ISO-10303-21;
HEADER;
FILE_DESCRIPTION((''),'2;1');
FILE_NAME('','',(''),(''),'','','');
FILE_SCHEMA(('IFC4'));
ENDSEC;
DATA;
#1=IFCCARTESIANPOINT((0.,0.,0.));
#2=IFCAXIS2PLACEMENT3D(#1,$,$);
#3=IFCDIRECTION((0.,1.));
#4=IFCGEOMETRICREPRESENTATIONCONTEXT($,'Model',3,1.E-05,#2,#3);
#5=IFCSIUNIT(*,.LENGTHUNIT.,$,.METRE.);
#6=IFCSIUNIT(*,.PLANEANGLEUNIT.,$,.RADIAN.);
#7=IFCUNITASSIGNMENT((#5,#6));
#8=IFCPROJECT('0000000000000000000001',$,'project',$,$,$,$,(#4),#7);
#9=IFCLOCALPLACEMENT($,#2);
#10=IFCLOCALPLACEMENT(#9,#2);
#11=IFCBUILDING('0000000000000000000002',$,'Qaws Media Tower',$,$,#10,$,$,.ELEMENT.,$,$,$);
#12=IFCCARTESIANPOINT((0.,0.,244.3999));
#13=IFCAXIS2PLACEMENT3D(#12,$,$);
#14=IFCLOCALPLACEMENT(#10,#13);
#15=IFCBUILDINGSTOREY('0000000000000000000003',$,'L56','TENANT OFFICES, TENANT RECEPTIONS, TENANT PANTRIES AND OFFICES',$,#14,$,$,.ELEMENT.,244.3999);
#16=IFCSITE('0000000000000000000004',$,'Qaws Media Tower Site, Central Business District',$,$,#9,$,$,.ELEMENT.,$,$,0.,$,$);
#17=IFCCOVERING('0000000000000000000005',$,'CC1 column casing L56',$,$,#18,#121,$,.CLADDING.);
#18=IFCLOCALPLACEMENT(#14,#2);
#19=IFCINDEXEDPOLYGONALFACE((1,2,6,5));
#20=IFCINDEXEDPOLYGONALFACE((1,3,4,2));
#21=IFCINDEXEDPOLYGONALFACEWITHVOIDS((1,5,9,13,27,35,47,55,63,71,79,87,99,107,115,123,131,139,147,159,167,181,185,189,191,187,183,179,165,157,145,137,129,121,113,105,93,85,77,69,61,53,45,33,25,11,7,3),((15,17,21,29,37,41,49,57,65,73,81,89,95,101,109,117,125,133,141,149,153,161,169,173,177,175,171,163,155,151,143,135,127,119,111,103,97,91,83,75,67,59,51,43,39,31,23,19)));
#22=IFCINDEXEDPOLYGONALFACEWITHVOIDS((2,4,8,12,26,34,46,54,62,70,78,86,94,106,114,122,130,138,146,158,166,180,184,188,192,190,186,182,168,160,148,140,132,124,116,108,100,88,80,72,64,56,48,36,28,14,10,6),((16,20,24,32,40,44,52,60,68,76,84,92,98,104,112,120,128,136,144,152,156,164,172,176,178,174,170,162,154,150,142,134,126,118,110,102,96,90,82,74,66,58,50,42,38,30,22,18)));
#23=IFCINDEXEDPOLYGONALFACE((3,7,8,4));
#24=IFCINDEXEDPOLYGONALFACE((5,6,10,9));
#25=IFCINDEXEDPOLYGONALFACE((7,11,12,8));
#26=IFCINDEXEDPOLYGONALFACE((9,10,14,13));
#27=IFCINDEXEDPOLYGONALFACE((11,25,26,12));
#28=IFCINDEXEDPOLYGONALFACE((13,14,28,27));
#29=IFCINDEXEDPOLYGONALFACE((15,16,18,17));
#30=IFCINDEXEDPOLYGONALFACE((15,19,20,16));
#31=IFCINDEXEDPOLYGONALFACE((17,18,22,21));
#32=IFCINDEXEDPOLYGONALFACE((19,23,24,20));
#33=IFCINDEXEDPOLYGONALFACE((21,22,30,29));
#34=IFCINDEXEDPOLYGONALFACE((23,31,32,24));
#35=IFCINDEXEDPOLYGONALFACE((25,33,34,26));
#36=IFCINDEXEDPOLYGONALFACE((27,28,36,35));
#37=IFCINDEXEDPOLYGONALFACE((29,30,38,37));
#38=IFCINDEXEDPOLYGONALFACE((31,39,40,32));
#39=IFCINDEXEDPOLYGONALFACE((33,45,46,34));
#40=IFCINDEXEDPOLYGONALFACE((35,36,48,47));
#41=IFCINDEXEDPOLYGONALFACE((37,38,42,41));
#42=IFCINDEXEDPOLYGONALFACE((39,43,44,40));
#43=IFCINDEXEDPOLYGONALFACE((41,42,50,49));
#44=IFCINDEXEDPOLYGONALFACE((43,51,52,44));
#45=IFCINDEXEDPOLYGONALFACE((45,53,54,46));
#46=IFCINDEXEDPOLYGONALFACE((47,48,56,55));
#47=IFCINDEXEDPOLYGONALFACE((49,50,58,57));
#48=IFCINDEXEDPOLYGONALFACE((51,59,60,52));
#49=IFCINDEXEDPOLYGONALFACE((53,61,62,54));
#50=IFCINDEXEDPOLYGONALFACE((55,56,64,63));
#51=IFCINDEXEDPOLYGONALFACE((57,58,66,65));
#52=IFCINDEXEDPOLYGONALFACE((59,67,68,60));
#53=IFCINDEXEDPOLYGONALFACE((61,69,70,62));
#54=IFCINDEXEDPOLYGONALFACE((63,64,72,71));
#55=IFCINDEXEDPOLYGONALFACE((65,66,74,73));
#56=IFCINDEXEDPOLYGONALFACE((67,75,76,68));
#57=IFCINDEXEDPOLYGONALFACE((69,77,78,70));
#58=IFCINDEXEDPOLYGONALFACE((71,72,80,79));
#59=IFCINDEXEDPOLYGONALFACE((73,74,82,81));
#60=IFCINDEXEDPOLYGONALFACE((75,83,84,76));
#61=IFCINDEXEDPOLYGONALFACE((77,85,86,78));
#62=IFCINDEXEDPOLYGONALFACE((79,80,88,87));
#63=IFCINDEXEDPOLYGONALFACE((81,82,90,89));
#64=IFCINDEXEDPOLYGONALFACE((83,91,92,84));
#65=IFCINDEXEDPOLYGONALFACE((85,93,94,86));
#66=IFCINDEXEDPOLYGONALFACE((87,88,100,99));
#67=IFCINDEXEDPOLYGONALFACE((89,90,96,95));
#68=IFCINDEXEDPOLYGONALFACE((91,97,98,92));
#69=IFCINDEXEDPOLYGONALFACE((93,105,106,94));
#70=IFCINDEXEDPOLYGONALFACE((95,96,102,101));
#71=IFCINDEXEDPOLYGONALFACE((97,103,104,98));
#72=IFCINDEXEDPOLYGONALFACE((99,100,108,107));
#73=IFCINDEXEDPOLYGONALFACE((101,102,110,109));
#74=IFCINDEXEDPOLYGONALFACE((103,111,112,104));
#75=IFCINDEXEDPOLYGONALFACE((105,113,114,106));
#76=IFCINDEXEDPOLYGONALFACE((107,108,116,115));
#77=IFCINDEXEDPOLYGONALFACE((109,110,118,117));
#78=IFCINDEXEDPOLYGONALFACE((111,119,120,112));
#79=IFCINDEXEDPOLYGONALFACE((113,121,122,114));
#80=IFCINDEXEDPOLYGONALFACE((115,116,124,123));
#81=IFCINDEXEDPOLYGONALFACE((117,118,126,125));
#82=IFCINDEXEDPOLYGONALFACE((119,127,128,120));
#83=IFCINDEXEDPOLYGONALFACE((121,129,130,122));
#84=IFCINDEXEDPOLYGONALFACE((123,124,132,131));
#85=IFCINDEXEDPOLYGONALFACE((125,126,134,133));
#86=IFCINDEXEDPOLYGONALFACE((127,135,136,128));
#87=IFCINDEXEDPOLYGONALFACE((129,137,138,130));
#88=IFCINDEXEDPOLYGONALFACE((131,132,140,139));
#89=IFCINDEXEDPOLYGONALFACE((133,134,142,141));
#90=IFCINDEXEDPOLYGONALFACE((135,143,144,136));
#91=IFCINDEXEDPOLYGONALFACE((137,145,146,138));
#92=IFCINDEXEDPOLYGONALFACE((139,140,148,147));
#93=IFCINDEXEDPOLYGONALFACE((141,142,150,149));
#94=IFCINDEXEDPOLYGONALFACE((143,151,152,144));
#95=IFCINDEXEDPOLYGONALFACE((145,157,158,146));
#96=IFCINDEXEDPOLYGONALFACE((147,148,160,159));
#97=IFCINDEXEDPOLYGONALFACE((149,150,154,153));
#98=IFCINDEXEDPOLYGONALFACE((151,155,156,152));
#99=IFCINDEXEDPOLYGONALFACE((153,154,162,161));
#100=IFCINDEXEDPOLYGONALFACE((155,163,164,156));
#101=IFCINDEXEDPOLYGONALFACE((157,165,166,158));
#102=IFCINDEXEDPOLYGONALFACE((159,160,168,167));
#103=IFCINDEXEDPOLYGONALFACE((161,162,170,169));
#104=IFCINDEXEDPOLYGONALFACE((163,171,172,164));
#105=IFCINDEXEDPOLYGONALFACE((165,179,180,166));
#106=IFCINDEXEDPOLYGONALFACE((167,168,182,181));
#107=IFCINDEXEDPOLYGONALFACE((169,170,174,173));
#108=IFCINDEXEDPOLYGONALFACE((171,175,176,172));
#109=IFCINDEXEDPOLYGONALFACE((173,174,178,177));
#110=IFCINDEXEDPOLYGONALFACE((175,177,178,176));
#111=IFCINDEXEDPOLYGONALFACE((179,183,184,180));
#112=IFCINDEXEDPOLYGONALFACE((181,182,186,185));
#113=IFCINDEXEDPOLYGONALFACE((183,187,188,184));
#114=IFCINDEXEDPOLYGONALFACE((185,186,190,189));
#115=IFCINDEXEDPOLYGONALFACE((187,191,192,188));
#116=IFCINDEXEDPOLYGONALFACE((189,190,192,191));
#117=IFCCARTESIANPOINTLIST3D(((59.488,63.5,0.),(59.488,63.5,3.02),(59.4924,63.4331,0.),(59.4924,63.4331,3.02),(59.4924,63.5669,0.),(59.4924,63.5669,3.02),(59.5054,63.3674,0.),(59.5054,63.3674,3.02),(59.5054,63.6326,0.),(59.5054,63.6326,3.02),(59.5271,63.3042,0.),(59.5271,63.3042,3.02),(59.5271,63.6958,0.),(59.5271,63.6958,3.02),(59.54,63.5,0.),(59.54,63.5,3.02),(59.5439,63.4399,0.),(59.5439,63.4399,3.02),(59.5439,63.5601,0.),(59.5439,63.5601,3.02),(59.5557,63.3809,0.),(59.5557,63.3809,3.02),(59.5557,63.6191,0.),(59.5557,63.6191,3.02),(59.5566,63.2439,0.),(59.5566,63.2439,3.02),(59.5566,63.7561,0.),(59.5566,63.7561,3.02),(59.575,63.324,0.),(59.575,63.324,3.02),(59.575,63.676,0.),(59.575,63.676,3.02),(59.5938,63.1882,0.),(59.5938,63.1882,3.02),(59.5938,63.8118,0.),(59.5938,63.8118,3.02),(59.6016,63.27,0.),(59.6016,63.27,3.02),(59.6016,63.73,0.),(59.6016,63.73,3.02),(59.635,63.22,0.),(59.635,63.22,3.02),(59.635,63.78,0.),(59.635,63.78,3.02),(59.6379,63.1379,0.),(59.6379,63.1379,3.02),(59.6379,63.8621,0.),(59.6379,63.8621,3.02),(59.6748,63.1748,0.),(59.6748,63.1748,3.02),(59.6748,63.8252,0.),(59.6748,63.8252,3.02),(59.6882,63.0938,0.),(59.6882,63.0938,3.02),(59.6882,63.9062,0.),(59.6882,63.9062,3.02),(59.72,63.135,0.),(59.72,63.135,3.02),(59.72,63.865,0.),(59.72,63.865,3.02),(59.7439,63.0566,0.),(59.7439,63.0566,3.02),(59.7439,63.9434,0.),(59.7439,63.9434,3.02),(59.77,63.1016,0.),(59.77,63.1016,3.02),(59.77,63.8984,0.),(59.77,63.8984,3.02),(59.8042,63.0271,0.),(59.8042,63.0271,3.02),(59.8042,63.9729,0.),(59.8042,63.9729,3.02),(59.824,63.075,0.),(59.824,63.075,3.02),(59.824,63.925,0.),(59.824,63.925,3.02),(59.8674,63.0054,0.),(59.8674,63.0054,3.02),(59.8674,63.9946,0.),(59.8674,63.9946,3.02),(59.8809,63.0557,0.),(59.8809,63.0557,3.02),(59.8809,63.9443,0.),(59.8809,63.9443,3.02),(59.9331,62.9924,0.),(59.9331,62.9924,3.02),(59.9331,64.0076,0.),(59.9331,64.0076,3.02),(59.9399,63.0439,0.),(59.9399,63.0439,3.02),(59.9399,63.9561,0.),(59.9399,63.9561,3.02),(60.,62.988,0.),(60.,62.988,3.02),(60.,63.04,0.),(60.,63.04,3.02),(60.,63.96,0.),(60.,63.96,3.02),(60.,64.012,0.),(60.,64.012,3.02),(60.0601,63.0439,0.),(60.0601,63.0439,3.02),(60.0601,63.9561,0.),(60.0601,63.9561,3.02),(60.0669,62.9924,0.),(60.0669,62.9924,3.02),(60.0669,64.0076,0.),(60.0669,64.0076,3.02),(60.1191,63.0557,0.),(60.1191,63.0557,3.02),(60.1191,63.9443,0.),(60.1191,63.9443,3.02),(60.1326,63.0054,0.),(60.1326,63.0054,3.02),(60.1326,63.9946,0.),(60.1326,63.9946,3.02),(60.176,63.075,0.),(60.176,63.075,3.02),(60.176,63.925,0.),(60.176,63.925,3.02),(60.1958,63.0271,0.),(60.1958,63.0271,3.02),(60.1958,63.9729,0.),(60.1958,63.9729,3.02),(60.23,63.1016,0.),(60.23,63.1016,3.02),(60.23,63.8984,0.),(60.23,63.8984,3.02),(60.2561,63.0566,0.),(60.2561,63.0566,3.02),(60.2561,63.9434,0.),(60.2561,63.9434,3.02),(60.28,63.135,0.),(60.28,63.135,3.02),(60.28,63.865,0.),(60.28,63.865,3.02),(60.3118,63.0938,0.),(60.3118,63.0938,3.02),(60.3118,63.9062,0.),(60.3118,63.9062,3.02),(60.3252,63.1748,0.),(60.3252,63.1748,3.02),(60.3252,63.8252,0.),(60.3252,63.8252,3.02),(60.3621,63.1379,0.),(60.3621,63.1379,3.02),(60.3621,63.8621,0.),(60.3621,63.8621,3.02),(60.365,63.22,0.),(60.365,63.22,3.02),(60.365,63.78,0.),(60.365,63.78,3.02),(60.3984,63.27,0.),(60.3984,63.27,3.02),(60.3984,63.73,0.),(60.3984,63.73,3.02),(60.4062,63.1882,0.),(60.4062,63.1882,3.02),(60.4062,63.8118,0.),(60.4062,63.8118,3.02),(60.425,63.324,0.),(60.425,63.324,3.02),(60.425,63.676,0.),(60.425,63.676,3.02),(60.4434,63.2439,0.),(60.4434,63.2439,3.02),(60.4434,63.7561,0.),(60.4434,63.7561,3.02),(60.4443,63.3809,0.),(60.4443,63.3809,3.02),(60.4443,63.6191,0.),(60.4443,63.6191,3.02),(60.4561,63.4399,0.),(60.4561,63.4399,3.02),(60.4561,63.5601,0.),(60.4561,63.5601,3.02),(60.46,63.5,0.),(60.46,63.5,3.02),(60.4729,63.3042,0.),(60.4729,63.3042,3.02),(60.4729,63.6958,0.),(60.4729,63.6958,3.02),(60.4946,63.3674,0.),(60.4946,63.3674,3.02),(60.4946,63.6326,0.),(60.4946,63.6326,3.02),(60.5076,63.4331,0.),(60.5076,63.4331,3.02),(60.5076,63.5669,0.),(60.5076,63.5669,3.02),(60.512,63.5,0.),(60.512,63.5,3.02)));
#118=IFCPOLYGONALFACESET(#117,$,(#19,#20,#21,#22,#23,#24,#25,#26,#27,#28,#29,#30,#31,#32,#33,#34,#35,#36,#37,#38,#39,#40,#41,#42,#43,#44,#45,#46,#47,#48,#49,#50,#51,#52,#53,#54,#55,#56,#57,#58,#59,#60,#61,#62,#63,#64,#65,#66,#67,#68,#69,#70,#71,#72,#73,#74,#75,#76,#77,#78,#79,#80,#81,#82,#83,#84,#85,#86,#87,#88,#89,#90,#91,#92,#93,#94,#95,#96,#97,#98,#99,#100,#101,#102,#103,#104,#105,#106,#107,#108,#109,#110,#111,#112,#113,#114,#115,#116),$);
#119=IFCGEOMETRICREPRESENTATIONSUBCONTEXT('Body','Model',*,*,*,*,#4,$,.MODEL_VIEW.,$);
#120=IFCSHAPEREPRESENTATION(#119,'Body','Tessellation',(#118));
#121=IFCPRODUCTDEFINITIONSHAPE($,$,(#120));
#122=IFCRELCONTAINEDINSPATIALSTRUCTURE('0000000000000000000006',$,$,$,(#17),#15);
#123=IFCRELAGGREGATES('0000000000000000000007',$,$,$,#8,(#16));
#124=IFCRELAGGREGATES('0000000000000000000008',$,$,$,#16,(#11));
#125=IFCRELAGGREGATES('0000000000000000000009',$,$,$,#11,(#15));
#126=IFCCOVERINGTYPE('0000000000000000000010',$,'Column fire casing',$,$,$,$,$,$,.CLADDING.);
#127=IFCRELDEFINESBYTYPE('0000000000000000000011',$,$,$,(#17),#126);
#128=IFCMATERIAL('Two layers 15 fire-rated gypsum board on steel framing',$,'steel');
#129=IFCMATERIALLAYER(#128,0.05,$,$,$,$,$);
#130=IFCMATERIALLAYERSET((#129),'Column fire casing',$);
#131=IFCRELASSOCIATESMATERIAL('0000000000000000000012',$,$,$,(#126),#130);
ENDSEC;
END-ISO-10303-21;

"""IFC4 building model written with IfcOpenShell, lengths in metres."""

from ifc_helpers import new_model, si_unit, direction, frame, origin, place, context, subcontext, project, spatial, polyline, outline, extrude, material, layer, layer_set, type_object, element, save


model = new_model("IFC4")

# Units and contexts
model_context = context("Model", 3, precision=1e-05, world=origin(), true_north=direction((0.0, 1.0)))
body_context = subcontext(model_context, "Body", "Model", "MODEL_VIEW")
ifc_project = project(units=[si_unit("LENGTHUNIT", "METRE"), si_unit("PLANEANGLEUNIT", "RADIAN")], contexts=[model_context])

# Site, building, storey
site_placement = place(None, origin())
site = spatial("IfcSite", under=ifc_project, at=site_placement, Name="Qaws Media Tower Site, Central Business District", CompositionType="ELEMENT", RefElevation=0.0)
building_placement = place(site_placement, origin())
building = spatial("IfcBuilding", under=site, at=building_placement, Name="Qaws Media Tower", CompositionType="ELEMENT")
storey_placement = place(building_placement, frame((0.0, 0.0, 244.3999)))
storey = spatial("IfcBuildingStorey", under=building, at=storey_placement, Name="L56", Description="TENANT OFFICES, TENANT RECEPTIONS, TENANT PANTRIES AND OFFICES", CompositionType="ELEMENT", Elevation=244.3999)

# Covering
ifc_material_1 = material(Name="Two layers 15 fire-rated gypsum board on steel framing", Category="steel")
ifc_layer_1 = layer(ifc_material_1, 0.05)
ifc_layer_set_1 = layer_set([ifc_layer_1], Name="Column fire casing")
covering_type_1 = type_object("IfcCoveringType", Name="Column fire casing", PredefinedType="CLADDING", material=ifc_layer_set_1)
covering_1_placement = place(storey_placement, origin())
element("IfcCovering", 1, at=covering_1_placement, inside=storey, type_object=covering_type_1, Name="CC1 column casing L56", PredefinedType="CLADDING", context=body_context, shape_type="SweptSolid", body=[
    extrude(outline(polyline([(60.512, 63.5), (60.5076, 63.4331), (60.4946, 63.3674), (60.4729, 63.3042), (60.4434, 63.2439), (60.4062, 63.1882), (60.3621, 63.1379), (60.3118, 63.0938), (60.2561, 63.0566), (60.1958, 63.0271), (60.1326, 63.0054), (60.0669, 62.9924), (60.0, 62.988), (59.9331, 62.9924), (59.8674, 63.0054), (59.8042, 63.0271), (59.7439, 63.0566), (59.6882, 63.0938), (59.6379, 63.1379), (59.5938, 63.1882), (59.5566, 63.2439), (59.5271, 63.3042), (59.5054, 63.3674), (59.4924, 63.4331), (59.488, 63.5), (59.4924, 63.5669), (59.5054, 63.6326), (59.5271, 63.6958), (59.5566, 63.7561), (59.5938, 63.8118), (59.6379, 63.8621), (59.6882, 63.9062), (59.7439, 63.9434), (59.8042, 63.9729), (59.8674, 63.9946), (59.9331, 64.0076), (60.0, 64.012), (60.0669, 64.0076), (60.1326, 63.9946), (60.1958, 63.9729), (60.2561, 63.9434), (60.3118, 63.9062), (60.3621, 63.8621), (60.4062, 63.8118), (60.4434, 63.7561), (60.4729, 63.6958), (60.4946, 63.6326), (60.5076, 63.5669), (60.512, 63.5)]), holes=[polyline([(60.46, 63.5), (60.4561, 63.4399), (60.4443, 63.3809), (60.425, 63.324), (60.3984, 63.27), (60.365, 63.22), (60.3252, 63.1748), (60.28, 63.135), (60.23, 63.1016), (60.176, 63.075), (60.1191, 63.0557), (60.0601, 63.0439), (60.0, 63.04), (59.9399, 63.0439), (59.8809, 63.0557), (59.824, 63.075), (59.77, 63.1016), (59.72, 63.135), (59.6748, 63.1748), (59.635, 63.22), (59.6016, 63.27), (59.575, 63.324), (59.5557, 63.3809), (59.5439, 63.4399), (59.54, 63.5), (59.5439, 63.5601), (59.5557, 63.6191), (59.575, 63.676), (59.6016, 63.73), (59.635, 63.78), (59.6748, 63.8252), (59.72, 63.865), (59.77, 63.8984), (59.824, 63.925), (59.8809, 63.9443), (59.9399, 63.9561), (60.0, 63.96), (60.0601, 63.9561), (60.1191, 63.9443), (60.176, 63.925), (60.23, 63.8984), (60.28, 63.865), (60.3252, 63.8252), (60.365, 63.78), (60.3984, 63.73), (60.425, 63.676), (60.4443, 63.6191), (60.4561, 63.5601), (60.46, 63.5)])]), origin(), (0.0, 0.0, 1.0), 3.02),
])

save(model, "model.ifc")
